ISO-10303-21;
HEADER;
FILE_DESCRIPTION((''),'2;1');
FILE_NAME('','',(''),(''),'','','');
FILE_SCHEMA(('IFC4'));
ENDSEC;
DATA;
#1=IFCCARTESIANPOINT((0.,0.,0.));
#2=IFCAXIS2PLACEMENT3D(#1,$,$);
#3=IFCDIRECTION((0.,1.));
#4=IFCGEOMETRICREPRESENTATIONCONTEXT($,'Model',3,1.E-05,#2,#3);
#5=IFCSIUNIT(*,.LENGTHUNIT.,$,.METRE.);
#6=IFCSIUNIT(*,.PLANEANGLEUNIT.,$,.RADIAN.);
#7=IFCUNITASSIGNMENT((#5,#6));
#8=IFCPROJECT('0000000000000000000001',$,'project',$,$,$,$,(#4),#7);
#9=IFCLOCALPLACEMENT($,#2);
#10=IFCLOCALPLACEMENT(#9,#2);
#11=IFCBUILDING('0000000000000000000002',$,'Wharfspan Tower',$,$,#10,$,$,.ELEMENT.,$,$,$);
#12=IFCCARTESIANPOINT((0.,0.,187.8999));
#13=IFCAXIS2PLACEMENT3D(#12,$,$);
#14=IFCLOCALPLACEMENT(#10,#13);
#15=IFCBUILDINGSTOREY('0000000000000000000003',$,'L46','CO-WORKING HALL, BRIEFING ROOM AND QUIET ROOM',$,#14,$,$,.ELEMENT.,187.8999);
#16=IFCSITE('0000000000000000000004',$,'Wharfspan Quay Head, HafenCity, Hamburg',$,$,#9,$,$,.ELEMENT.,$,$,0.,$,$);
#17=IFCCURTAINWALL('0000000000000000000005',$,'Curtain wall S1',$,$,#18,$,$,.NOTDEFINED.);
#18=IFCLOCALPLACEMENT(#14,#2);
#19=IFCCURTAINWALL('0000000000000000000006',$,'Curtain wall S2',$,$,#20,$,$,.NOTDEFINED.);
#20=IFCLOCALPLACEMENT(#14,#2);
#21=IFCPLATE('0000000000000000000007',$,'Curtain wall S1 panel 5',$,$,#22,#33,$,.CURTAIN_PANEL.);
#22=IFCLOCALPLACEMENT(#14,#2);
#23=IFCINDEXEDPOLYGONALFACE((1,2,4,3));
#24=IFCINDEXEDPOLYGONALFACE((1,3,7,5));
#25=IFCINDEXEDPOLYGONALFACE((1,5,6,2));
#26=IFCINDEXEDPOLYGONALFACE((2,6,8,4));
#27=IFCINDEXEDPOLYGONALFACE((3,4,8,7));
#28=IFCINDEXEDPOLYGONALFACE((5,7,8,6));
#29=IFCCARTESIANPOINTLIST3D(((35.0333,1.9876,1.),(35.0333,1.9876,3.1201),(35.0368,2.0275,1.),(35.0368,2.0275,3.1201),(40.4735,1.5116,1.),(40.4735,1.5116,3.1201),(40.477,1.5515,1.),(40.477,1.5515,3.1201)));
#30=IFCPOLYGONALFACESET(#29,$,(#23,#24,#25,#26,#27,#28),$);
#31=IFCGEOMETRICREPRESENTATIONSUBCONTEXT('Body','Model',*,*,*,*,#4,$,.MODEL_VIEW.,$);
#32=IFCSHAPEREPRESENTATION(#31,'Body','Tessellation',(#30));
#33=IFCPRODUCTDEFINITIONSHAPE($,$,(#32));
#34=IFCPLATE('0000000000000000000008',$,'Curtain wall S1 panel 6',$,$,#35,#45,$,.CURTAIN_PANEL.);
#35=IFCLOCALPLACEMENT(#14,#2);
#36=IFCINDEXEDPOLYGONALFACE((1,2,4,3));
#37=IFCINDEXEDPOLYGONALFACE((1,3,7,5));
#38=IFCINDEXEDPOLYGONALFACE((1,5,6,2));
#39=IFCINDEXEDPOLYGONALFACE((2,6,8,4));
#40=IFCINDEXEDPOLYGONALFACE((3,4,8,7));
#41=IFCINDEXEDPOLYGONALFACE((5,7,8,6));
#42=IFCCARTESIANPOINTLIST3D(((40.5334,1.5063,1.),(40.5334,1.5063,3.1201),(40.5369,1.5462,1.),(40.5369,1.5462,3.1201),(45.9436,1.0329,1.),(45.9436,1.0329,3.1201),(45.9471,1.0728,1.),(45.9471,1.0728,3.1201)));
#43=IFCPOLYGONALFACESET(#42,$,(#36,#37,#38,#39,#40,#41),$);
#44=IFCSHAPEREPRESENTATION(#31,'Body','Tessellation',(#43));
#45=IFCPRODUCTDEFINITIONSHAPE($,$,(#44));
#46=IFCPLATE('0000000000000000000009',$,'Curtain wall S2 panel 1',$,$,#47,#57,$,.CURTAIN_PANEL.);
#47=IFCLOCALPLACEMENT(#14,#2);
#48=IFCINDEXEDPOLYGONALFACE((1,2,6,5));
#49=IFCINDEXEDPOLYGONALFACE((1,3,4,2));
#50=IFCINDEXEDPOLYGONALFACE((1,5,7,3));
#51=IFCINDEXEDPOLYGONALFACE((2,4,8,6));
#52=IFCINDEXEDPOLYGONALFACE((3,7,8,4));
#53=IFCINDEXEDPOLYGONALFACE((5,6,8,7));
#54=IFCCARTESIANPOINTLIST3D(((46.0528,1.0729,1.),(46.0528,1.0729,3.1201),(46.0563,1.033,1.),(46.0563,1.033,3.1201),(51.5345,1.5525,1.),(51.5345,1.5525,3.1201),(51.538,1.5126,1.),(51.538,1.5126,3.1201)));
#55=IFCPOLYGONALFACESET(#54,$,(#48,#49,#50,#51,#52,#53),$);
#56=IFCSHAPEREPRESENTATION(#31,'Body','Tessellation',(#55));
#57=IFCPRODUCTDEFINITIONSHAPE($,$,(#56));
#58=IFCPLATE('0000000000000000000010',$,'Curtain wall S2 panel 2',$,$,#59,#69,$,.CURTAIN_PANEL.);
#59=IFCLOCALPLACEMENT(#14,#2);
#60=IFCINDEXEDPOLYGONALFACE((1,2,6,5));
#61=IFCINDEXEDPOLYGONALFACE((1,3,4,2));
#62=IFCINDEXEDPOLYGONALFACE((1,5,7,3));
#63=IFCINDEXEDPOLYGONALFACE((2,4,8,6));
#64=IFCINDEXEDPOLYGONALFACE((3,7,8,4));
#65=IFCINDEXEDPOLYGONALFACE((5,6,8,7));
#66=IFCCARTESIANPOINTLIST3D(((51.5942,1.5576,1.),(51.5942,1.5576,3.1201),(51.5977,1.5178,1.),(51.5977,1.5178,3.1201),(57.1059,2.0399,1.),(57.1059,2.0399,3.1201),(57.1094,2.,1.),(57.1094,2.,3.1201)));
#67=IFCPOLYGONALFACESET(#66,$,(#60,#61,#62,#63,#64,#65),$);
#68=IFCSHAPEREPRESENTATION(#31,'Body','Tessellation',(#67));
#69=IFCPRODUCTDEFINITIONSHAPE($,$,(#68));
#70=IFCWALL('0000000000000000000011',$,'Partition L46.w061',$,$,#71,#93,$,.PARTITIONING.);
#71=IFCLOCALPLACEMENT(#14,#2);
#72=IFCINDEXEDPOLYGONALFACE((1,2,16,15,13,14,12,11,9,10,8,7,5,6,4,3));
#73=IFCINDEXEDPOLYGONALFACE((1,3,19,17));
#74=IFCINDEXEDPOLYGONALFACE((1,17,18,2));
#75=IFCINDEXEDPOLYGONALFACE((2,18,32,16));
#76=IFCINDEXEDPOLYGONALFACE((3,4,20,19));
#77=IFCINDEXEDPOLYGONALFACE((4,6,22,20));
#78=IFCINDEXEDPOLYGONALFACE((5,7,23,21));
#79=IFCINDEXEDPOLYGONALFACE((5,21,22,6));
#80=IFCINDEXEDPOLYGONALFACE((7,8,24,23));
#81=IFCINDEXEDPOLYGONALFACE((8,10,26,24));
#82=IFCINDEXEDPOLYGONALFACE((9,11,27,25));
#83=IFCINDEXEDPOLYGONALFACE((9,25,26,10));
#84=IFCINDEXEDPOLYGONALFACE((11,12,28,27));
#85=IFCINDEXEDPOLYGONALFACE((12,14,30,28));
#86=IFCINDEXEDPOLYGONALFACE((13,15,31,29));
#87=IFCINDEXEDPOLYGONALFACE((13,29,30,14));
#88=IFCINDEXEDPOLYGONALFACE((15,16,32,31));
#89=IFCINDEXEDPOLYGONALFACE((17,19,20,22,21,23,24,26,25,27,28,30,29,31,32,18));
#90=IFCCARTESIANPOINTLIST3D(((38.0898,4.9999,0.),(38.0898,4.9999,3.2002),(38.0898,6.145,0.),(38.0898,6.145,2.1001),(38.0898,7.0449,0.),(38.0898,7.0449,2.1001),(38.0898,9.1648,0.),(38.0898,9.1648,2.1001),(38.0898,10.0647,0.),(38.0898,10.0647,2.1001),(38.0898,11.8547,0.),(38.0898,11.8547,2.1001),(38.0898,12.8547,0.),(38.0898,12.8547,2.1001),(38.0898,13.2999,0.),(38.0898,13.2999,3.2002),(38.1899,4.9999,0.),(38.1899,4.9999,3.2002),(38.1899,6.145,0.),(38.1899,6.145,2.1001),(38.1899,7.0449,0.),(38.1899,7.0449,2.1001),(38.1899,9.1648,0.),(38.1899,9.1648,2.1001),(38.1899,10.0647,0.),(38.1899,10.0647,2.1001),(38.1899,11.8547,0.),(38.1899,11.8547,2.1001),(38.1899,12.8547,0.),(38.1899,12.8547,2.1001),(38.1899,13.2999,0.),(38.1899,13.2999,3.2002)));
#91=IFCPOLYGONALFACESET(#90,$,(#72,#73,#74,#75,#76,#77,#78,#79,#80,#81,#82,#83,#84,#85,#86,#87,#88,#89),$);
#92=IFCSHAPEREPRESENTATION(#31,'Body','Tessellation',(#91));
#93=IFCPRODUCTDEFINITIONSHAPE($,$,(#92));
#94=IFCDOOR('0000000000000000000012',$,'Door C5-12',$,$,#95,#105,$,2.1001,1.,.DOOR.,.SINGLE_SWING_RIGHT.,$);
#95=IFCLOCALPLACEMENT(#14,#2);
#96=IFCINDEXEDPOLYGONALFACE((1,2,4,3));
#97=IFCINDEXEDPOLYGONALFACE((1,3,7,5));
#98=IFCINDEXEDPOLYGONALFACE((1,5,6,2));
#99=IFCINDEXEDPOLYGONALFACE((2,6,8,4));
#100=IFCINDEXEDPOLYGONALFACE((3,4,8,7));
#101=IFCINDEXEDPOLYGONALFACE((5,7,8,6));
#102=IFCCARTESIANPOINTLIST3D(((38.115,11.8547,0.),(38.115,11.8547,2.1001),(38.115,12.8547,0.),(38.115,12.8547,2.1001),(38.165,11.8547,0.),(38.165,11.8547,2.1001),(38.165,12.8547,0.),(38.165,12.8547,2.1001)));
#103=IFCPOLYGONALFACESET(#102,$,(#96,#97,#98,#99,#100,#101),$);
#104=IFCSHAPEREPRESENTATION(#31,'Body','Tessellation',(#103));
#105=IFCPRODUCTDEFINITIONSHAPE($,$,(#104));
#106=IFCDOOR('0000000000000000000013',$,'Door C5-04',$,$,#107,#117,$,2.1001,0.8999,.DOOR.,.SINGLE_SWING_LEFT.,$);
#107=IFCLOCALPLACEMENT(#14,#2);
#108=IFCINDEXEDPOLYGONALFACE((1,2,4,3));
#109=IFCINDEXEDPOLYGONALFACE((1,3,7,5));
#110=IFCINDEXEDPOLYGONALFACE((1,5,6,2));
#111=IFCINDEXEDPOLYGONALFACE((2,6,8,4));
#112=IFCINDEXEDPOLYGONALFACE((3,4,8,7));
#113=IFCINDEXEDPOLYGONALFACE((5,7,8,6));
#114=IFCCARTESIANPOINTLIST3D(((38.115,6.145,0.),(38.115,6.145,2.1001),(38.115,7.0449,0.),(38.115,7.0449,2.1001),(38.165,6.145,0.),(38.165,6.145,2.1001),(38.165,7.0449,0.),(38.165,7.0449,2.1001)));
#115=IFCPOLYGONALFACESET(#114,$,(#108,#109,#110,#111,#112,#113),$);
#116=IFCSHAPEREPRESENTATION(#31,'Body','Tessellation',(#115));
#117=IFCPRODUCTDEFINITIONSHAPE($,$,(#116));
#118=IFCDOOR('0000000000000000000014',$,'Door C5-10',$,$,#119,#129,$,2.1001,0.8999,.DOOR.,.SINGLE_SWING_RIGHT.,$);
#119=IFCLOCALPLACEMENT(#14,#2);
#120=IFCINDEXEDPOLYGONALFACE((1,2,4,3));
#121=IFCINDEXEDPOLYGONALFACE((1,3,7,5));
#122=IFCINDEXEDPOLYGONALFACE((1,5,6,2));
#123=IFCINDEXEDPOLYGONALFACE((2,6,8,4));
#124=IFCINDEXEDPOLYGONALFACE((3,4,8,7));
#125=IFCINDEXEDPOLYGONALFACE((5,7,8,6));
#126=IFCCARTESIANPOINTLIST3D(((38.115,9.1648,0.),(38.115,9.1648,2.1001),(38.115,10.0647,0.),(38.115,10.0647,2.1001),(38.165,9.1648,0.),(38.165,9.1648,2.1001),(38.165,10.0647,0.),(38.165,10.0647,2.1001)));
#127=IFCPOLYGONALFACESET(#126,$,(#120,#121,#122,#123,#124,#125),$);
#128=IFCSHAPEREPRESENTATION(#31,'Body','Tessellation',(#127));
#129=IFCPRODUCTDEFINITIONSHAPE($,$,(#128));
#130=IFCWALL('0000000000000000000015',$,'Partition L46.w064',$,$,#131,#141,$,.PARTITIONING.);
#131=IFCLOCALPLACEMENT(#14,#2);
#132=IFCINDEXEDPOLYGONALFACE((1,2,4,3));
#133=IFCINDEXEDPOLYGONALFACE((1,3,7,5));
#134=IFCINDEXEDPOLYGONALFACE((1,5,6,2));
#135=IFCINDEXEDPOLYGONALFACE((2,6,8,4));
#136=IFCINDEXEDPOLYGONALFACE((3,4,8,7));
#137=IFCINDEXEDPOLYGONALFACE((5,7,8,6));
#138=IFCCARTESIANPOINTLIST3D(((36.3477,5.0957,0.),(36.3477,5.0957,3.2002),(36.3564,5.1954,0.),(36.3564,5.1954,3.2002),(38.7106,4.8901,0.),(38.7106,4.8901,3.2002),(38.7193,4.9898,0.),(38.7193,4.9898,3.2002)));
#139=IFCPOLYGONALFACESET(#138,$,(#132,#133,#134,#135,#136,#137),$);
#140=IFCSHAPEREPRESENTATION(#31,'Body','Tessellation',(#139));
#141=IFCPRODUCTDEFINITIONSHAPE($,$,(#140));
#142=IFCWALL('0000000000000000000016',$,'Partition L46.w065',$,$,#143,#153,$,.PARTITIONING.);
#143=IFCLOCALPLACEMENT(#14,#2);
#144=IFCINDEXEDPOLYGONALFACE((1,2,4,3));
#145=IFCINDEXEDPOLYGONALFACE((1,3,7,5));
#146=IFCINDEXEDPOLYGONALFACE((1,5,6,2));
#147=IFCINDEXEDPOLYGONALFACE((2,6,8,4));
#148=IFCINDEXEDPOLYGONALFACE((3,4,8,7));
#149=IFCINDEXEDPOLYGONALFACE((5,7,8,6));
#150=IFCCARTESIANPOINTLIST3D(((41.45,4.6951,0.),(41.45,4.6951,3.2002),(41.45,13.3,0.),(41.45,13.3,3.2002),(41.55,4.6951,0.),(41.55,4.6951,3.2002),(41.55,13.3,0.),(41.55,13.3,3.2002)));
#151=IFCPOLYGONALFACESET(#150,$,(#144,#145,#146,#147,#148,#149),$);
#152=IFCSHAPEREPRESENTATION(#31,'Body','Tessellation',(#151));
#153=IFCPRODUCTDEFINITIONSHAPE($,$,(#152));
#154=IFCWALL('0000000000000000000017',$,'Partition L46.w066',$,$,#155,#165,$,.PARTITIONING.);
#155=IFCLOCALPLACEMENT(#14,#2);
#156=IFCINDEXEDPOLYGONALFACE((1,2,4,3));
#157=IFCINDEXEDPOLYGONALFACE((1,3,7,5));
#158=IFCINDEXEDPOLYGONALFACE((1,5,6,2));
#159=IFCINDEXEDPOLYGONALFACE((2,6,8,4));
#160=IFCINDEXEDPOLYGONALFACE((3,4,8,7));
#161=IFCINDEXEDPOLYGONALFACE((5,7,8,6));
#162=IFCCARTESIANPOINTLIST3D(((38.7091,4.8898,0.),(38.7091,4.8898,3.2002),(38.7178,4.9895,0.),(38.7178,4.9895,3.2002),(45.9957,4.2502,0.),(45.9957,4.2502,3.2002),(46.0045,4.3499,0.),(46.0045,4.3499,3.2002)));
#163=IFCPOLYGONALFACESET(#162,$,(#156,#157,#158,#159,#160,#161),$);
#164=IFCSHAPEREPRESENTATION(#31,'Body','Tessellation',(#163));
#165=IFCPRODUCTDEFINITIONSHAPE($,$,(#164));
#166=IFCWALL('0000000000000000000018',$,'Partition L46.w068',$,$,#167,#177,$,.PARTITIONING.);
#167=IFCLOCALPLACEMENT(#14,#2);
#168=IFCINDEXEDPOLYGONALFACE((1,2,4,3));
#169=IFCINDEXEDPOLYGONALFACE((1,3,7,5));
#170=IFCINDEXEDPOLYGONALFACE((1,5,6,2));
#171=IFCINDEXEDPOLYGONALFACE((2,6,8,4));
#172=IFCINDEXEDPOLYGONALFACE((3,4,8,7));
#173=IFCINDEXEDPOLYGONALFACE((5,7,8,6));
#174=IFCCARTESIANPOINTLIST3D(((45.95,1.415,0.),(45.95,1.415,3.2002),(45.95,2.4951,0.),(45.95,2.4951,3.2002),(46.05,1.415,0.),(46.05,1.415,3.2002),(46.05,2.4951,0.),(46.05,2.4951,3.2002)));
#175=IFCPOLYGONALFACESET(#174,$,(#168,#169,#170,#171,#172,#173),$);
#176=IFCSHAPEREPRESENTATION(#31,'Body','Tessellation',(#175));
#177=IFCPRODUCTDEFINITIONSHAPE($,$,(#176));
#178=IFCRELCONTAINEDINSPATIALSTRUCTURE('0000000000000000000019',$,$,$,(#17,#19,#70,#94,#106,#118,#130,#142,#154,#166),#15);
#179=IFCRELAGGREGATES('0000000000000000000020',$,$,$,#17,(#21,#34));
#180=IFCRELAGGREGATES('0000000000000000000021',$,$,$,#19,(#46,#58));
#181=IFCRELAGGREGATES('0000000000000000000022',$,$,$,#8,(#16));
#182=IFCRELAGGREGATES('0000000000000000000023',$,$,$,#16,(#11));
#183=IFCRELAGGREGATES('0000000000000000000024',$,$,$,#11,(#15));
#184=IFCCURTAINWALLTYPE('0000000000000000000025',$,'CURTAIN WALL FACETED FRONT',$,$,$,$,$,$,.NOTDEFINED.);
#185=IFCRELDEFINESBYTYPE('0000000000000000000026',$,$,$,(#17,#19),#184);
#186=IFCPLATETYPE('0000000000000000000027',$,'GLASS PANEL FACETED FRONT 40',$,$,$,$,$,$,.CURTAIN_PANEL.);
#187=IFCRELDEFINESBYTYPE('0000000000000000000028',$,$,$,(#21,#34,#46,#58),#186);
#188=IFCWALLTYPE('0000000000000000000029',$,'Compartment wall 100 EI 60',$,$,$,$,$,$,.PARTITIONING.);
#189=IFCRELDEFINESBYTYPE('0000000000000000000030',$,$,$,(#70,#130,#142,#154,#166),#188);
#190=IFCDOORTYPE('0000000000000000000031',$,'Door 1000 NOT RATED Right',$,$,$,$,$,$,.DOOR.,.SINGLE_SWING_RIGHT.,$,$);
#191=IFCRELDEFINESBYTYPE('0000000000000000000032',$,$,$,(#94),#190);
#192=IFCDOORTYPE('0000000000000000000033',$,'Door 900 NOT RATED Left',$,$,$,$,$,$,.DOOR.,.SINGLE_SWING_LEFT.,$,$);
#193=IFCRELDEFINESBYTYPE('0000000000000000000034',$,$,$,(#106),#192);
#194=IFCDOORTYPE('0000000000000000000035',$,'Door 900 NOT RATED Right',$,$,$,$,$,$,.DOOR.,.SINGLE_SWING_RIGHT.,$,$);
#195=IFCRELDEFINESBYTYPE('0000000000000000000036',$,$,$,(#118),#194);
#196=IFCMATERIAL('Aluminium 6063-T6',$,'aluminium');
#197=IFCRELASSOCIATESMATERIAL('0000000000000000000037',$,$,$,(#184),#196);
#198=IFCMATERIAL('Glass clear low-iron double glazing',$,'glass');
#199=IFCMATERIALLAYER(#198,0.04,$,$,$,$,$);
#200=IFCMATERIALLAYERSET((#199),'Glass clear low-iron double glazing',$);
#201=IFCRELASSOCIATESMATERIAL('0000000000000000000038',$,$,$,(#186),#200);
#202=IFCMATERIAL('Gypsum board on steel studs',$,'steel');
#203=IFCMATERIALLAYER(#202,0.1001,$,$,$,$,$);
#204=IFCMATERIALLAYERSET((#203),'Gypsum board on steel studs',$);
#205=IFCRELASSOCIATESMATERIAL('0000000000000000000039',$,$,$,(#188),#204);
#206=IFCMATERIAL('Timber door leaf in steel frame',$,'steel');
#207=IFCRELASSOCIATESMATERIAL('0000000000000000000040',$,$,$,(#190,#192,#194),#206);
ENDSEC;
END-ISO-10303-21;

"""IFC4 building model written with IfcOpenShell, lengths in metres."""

from ifc_helpers import new_model, si_unit, direction, frame, frame_2d, origin, origin_2d, place, context, subcontext, project, spatial, rectangle, extrude, material, layer, layer_set, type_object, element, fill, aggregate, save


model = new_model("IFC4")

# Units and contexts
model_context = context("Model", 3, precision=1e-05, world=origin(), true_north=direction((0.0, 1.0)))
body_context = subcontext(model_context, "Body", "Model", "MODEL_VIEW")
ifc_project = project(units=[si_unit("LENGTHUNIT", "METRE"), si_unit("PLANEANGLEUNIT", "RADIAN")], contexts=[model_context])

# Site, building, storey
site_placement = place(None, origin())
site = spatial("IfcSite", under=ifc_project, at=site_placement, Name="Wharfspan Quay Head, HafenCity, Hamburg", CompositionType="ELEMENT", RefElevation=0.0)
building_placement = place(site_placement, origin())
building = spatial("IfcBuilding", under=site, at=building_placement, Name="Wharfspan Tower", CompositionType="ELEMENT")
storey_placement = place(building_placement, frame((0.0, 0.0, 187.8999)))
storey = spatial("IfcBuildingStorey", under=building, at=storey_placement, Name="L46", Description="CO-WORKING HALL, BRIEFING ROOM AND QUIET ROOM", CompositionType="ELEMENT", Elevation=187.8999)

# Curtain walls
ifc_material_1 = material(Name="Aluminium 6063-T6", Category="aluminium")
curtain_wall_type = type_object("IfcCurtainWallType", Name="CURTAIN WALL FACETED FRONT", PredefinedType="NOTDEFINED", material=ifc_material_1)
curtain_wall_1_placement = place(storey_placement, origin())
curtain_wall_1 = element("IfcCurtainWall", 1, at=curtain_wall_1_placement, inside=storey, type_object=curtain_wall_type, Name="Curtain wall S1", PredefinedType="NOTDEFINED")
curtain_wall_2_placement = place(storey_placement, origin())
curtain_wall_2 = element("IfcCurtainWall", 2, at=curtain_wall_2_placement, inside=storey, type_object=curtain_wall_type, Name="Curtain wall S2", PredefinedType="NOTDEFINED")

# Plates
ifc_material_2 = material(Name="Glass clear low-iron double glazing", Category="glass")
ifc_layer_1 = layer(ifc_material_2, 0.04)
ifc_layer_set_1 = layer_set([ifc_layer_1], Name="Glass clear low-iron double glazing")
plate_type = type_object("IfcPlateType", Name="GLASS PANEL FACETED FRONT 40", PredefinedType="CURTAIN_PANEL", material=ifc_layer_set_1)
plate_1_placement = place(storey_placement, frame((37.7551, 1.7695, 1.0), z_axis=(0.0, 0.0, 1.0), x_axis=(0.996198, -0.087156, 0.0)))
plate_1 = element("IfcPlate", 3, at=plate_1_placement, type_object=plate_type, Name="Curtain wall S1 panel 5", PredefinedType="CURTAIN_PANEL", context=body_context, shape_type="SweptSolid", body=[
    extrude(rectangle(XDim=5.4609, YDim=0.04, at=origin_2d()), origin(), (0.0, 0.0, 1.0), 2.1201),
])
plate_2_placement = place(storey_placement, frame((43.2402, 1.2896, 1.0), z_axis=(0.0, 0.0, 1.0), x_axis=(0.996198, -0.087156, 0.0)))
plate_2 = element("IfcPlate", 4, at=plate_2_placement, type_object=plate_type, Name="Curtain wall S1 panel 6", PredefinedType="CURTAIN_PANEL", context=body_context, shape_type="SweptSolid", body=[
    extrude(rectangle(XDim=5.4309, YDim=0.04, at=origin_2d()), origin(), (0.0, 0.0, 1.0), 2.1201),
])
aggregate(curtain_wall_1, [plate_1, plate_2])
plate_3_placement = place(storey_placement, frame((48.7954, 1.2927, 1.0), z_axis=(0.0, 0.0, 1.0), x_axis=(0.996198, 0.087156, 0.0)))
plate_3 = element("IfcPlate", 5, at=plate_3_placement, type_object=plate_type, Name="Curtain wall S2 panel 1", PredefinedType="CURTAIN_PANEL", context=body_context, shape_type="SweptSolid", body=[
    extrude(rectangle(XDim=5.5027, YDim=0.04, at=origin_2d()), origin(), (0.0, 0.0, 1.0), 2.1201),
])
plate_4_placement = place(storey_placement, frame((54.3518, 1.7788, 1.0), z_axis=(0.0, 0.0, 1.0), x_axis=(0.996198, 0.087156, 0.0)))
plate_4 = element("IfcPlate", 6, at=plate_4_placement, type_object=plate_type, Name="Curtain wall S2 panel 2", PredefinedType="CURTAIN_PANEL", context=body_context, shape_type="SweptSolid", body=[
    extrude(rectangle(XDim=5.5327, YDim=0.04, at=origin_2d()), origin(), (0.0, 0.0, 1.0), 2.1201),
])
aggregate(curtain_wall_2, [plate_3, plate_4])

# Wall, openings, doors
ifc_material_3 = material(Name="Gypsum board on steel studs", Category="steel")
ifc_layer_2 = layer(ifc_material_3, 0.1001)
ifc_layer_set_2 = layer_set([ifc_layer_2], Name="Gypsum board on steel studs")
wall_type_1 = type_object("IfcWallType", Name="Compartment wall 100 EI 60", PredefinedType="PARTITIONING", material=ifc_layer_set_2)
wall_1_placement = place(storey_placement, frame((38.1399, 5.0, 0.0), z_axis=(0.0, 0.0, 1.0), x_axis=(0.0, 1.0, 0.0)))
wall_1 = element("IfcWall", 7, at=wall_1_placement, inside=storey, type_object=wall_type_1, Name="Partition L46.w061", PredefinedType="PARTITIONING", context=body_context, shape_type="SweptSolid", body=[
    extrude(rectangle(XDim=8.3, YDim=0.1001, at=frame_2d((4.1499, 0.0))), origin(), (0.0, 0.0, 1.0), 3.2002),
])
opening_1_placement = place(wall_1_placement, frame((1.145, 0.0, 0.0)))
opening_1 = element("IfcOpeningElement", 8, at=opening_1_placement, cuts=wall_1, PredefinedType="OPENING", context=body_context, shape_type="SweptSolid", body=[
    extrude(rectangle(XDim=0.8999, YDim=2.1001, at=frame_2d((0.45, 1.05))), frame((0.0, 0.0601, 0.0), z_axis=(0.0, -1.0, 0.0), x_axis=(1.0, 0.0, 0.0)), (0.0, 0.0, 1.0), 0.1201),
])
opening_2_placement = place(wall_1_placement, frame((4.1648, 0.0, 0.0)))
opening_2 = element("IfcOpeningElement", 9, at=opening_2_placement, cuts=wall_1, PredefinedType="OPENING", context=body_context, shape_type="SweptSolid", body=[
    extrude(rectangle(XDim=0.8999, YDim=2.1001, at=frame_2d((0.45, 1.05))), frame((0.0, 0.0601, 0.0), z_axis=(0.0, -1.0, 0.0), x_axis=(1.0, 0.0, 0.0)), (0.0, 0.0, 1.0), 0.1201),
])
opening_3_placement = place(wall_1_placement, frame((6.8547, 0.0, 0.0)))
opening_3 = element("IfcOpeningElement", 10, at=opening_3_placement, cuts=wall_1, PredefinedType="OPENING", context=body_context, shape_type="SweptSolid", body=[
    extrude(rectangle(XDim=1.0, YDim=2.1001, at=frame_2d((0.5, 1.05))), frame((0.0, 0.0601, 0.0), z_axis=(0.0, -1.0, 0.0), x_axis=(1.0, 0.0, 0.0)), (0.0, 0.0, 1.0), 0.1201),
])
ifc_material_4 = material(Name="Timber door leaf in steel frame", Category="steel")
door_type_1 = type_object("IfcDoorType", Name="Door 1000 NOT RATED Right", OperationType="SINGLE_SWING_RIGHT", PredefinedType="DOOR", material=ifc_material_4)
door_1_placement = place(opening_3_placement, origin())
door_1 = element("IfcDoor", 11, at=door_1_placement, inside=storey, type_object=door_type_1, Name="Door C5-12", OperationType="SINGLE_SWING_RIGHT", OverallHeight=2.1001, OverallWidth=1.0, PredefinedType="DOOR", context=body_context, shape_type="SweptSolid", body=[
    extrude(rectangle(XDim=1.0, YDim=2.1001, at=frame_2d((0.5, 1.05))), frame((0.0, 0.0249, 0.0), z_axis=(0.0, -1.0, 0.0), x_axis=(1.0, 0.0, 0.0)), (0.0, 0.0, 1.0), 0.05),
])
fill(opening_3, door_1)
door_type_2 = type_object("IfcDoorType", Name="Door 900 NOT RATED Left", OperationType="SINGLE_SWING_LEFT", PredefinedType="DOOR", material=ifc_material_4)
door_2_placement = place(opening_1_placement, origin())
door_2 = element("IfcDoor", 12, at=door_2_placement, inside=storey, type_object=door_type_2, Name="Door C5-04", OperationType="SINGLE_SWING_LEFT", OverallHeight=2.1001, OverallWidth=0.8999, PredefinedType="DOOR", context=body_context, shape_type="SweptSolid", body=[
    extrude(rectangle(XDim=0.8999, YDim=2.1001, at=frame_2d((0.45, 1.05))), frame((0.0, 0.0249, 0.0), z_axis=(0.0, -1.0, 0.0), x_axis=(1.0, 0.0, 0.0)), (0.0, 0.0, 1.0), 0.05),
])
fill(opening_1, door_2)
door_type_3 = type_object("IfcDoorType", Name="Door 900 NOT RATED Right", OperationType="SINGLE_SWING_RIGHT", PredefinedType="DOOR", material=ifc_material_4)
door_3_placement = place(opening_2_placement, origin())
door_3 = element("IfcDoor", 13, at=door_3_placement, inside=storey, type_object=door_type_3, Name="Door C5-10", OperationType="SINGLE_SWING_RIGHT", OverallHeight=2.1001, OverallWidth=0.8999, PredefinedType="DOOR", context=body_context, shape_type="SweptSolid", body=[
    extrude(rectangle(XDim=0.8999, YDim=2.1001, at=frame_2d((0.45, 1.05))), frame((0.0, 0.0249, 0.0), z_axis=(0.0, -1.0, 0.0), x_axis=(1.0, 0.0, 0.0)), (0.0, 0.0, 1.0), 0.05),
])
fill(opening_2, door_3)

# Walls
wall_2_placement = place(storey_placement, frame((38.7151, 4.9399, 0.0), z_axis=(0.0, 0.0, 1.0), x_axis=(-0.996236, 0.086674, 0.0)))
element("IfcWall", 14, at=wall_2_placement, inside=storey, type_object=wall_type_1, Name="Partition L46.w064", PredefinedType="PARTITIONING", context=body_context, shape_type="SweptSolid", body=[
    extrude(rectangle(XDim=2.3718, YDim=0.1001, at=frame_2d((1.186, 0.0))), origin(), (0.0, 0.0, 1.0), 3.2002),
])
wall_3_placement = place(storey_placement, frame((41.5, 4.6951, 0.0), z_axis=(0.0, 0.0, 1.0), x_axis=(0.0, 1.0, 0.0)))
element("IfcWall", 15, at=wall_3_placement, inside=storey, type_object=wall_type_1, Name="Partition L46.w065", PredefinedType="PARTITIONING", context=body_context, shape_type="SweptSolid", body=[
    extrude(rectangle(XDim=8.605, YDim=0.1001, at=frame_2d((4.3025, 0.0))), origin(), (0.0, 0.0, 1.0), 3.2002),
])
wall_4_placement = place(storey_placement, frame((46.0, 4.3, 0.0), z_axis=(0.0, 0.0, 1.0), x_axis=(-0.996173, 0.087448, 0.0)))
element("IfcWall", 16, at=wall_4_placement, inside=storey, type_object=wall_type_1, Name="Partition L46.w066", PredefinedType="PARTITIONING", context=body_context, shape_type="SweptSolid", body=[
    extrude(rectangle(XDim=7.3147, YDim=0.1001, at=frame_2d((3.6572, 0.0))), origin(), (0.0, 0.0, 1.0), 3.2002),
])
wall_5_placement = place(storey_placement, frame((46.0, 1.415, 0.0), z_axis=(0.0, 0.0, 1.0), x_axis=(0.0, 1.0, 0.0)))
element("IfcWall", 17, at=wall_5_placement, inside=storey, type_object=wall_type_1, Name="Partition L46.w068", PredefinedType="PARTITIONING", context=body_context, shape_type="SweptSolid", body=[
    extrude(rectangle(XDim=1.0801, YDim=0.1001, at=frame_2d((0.54, 0.0))), origin(), (0.0, 0.0, 1.0), 3.2002),
])

save(model, "model.ifc")
